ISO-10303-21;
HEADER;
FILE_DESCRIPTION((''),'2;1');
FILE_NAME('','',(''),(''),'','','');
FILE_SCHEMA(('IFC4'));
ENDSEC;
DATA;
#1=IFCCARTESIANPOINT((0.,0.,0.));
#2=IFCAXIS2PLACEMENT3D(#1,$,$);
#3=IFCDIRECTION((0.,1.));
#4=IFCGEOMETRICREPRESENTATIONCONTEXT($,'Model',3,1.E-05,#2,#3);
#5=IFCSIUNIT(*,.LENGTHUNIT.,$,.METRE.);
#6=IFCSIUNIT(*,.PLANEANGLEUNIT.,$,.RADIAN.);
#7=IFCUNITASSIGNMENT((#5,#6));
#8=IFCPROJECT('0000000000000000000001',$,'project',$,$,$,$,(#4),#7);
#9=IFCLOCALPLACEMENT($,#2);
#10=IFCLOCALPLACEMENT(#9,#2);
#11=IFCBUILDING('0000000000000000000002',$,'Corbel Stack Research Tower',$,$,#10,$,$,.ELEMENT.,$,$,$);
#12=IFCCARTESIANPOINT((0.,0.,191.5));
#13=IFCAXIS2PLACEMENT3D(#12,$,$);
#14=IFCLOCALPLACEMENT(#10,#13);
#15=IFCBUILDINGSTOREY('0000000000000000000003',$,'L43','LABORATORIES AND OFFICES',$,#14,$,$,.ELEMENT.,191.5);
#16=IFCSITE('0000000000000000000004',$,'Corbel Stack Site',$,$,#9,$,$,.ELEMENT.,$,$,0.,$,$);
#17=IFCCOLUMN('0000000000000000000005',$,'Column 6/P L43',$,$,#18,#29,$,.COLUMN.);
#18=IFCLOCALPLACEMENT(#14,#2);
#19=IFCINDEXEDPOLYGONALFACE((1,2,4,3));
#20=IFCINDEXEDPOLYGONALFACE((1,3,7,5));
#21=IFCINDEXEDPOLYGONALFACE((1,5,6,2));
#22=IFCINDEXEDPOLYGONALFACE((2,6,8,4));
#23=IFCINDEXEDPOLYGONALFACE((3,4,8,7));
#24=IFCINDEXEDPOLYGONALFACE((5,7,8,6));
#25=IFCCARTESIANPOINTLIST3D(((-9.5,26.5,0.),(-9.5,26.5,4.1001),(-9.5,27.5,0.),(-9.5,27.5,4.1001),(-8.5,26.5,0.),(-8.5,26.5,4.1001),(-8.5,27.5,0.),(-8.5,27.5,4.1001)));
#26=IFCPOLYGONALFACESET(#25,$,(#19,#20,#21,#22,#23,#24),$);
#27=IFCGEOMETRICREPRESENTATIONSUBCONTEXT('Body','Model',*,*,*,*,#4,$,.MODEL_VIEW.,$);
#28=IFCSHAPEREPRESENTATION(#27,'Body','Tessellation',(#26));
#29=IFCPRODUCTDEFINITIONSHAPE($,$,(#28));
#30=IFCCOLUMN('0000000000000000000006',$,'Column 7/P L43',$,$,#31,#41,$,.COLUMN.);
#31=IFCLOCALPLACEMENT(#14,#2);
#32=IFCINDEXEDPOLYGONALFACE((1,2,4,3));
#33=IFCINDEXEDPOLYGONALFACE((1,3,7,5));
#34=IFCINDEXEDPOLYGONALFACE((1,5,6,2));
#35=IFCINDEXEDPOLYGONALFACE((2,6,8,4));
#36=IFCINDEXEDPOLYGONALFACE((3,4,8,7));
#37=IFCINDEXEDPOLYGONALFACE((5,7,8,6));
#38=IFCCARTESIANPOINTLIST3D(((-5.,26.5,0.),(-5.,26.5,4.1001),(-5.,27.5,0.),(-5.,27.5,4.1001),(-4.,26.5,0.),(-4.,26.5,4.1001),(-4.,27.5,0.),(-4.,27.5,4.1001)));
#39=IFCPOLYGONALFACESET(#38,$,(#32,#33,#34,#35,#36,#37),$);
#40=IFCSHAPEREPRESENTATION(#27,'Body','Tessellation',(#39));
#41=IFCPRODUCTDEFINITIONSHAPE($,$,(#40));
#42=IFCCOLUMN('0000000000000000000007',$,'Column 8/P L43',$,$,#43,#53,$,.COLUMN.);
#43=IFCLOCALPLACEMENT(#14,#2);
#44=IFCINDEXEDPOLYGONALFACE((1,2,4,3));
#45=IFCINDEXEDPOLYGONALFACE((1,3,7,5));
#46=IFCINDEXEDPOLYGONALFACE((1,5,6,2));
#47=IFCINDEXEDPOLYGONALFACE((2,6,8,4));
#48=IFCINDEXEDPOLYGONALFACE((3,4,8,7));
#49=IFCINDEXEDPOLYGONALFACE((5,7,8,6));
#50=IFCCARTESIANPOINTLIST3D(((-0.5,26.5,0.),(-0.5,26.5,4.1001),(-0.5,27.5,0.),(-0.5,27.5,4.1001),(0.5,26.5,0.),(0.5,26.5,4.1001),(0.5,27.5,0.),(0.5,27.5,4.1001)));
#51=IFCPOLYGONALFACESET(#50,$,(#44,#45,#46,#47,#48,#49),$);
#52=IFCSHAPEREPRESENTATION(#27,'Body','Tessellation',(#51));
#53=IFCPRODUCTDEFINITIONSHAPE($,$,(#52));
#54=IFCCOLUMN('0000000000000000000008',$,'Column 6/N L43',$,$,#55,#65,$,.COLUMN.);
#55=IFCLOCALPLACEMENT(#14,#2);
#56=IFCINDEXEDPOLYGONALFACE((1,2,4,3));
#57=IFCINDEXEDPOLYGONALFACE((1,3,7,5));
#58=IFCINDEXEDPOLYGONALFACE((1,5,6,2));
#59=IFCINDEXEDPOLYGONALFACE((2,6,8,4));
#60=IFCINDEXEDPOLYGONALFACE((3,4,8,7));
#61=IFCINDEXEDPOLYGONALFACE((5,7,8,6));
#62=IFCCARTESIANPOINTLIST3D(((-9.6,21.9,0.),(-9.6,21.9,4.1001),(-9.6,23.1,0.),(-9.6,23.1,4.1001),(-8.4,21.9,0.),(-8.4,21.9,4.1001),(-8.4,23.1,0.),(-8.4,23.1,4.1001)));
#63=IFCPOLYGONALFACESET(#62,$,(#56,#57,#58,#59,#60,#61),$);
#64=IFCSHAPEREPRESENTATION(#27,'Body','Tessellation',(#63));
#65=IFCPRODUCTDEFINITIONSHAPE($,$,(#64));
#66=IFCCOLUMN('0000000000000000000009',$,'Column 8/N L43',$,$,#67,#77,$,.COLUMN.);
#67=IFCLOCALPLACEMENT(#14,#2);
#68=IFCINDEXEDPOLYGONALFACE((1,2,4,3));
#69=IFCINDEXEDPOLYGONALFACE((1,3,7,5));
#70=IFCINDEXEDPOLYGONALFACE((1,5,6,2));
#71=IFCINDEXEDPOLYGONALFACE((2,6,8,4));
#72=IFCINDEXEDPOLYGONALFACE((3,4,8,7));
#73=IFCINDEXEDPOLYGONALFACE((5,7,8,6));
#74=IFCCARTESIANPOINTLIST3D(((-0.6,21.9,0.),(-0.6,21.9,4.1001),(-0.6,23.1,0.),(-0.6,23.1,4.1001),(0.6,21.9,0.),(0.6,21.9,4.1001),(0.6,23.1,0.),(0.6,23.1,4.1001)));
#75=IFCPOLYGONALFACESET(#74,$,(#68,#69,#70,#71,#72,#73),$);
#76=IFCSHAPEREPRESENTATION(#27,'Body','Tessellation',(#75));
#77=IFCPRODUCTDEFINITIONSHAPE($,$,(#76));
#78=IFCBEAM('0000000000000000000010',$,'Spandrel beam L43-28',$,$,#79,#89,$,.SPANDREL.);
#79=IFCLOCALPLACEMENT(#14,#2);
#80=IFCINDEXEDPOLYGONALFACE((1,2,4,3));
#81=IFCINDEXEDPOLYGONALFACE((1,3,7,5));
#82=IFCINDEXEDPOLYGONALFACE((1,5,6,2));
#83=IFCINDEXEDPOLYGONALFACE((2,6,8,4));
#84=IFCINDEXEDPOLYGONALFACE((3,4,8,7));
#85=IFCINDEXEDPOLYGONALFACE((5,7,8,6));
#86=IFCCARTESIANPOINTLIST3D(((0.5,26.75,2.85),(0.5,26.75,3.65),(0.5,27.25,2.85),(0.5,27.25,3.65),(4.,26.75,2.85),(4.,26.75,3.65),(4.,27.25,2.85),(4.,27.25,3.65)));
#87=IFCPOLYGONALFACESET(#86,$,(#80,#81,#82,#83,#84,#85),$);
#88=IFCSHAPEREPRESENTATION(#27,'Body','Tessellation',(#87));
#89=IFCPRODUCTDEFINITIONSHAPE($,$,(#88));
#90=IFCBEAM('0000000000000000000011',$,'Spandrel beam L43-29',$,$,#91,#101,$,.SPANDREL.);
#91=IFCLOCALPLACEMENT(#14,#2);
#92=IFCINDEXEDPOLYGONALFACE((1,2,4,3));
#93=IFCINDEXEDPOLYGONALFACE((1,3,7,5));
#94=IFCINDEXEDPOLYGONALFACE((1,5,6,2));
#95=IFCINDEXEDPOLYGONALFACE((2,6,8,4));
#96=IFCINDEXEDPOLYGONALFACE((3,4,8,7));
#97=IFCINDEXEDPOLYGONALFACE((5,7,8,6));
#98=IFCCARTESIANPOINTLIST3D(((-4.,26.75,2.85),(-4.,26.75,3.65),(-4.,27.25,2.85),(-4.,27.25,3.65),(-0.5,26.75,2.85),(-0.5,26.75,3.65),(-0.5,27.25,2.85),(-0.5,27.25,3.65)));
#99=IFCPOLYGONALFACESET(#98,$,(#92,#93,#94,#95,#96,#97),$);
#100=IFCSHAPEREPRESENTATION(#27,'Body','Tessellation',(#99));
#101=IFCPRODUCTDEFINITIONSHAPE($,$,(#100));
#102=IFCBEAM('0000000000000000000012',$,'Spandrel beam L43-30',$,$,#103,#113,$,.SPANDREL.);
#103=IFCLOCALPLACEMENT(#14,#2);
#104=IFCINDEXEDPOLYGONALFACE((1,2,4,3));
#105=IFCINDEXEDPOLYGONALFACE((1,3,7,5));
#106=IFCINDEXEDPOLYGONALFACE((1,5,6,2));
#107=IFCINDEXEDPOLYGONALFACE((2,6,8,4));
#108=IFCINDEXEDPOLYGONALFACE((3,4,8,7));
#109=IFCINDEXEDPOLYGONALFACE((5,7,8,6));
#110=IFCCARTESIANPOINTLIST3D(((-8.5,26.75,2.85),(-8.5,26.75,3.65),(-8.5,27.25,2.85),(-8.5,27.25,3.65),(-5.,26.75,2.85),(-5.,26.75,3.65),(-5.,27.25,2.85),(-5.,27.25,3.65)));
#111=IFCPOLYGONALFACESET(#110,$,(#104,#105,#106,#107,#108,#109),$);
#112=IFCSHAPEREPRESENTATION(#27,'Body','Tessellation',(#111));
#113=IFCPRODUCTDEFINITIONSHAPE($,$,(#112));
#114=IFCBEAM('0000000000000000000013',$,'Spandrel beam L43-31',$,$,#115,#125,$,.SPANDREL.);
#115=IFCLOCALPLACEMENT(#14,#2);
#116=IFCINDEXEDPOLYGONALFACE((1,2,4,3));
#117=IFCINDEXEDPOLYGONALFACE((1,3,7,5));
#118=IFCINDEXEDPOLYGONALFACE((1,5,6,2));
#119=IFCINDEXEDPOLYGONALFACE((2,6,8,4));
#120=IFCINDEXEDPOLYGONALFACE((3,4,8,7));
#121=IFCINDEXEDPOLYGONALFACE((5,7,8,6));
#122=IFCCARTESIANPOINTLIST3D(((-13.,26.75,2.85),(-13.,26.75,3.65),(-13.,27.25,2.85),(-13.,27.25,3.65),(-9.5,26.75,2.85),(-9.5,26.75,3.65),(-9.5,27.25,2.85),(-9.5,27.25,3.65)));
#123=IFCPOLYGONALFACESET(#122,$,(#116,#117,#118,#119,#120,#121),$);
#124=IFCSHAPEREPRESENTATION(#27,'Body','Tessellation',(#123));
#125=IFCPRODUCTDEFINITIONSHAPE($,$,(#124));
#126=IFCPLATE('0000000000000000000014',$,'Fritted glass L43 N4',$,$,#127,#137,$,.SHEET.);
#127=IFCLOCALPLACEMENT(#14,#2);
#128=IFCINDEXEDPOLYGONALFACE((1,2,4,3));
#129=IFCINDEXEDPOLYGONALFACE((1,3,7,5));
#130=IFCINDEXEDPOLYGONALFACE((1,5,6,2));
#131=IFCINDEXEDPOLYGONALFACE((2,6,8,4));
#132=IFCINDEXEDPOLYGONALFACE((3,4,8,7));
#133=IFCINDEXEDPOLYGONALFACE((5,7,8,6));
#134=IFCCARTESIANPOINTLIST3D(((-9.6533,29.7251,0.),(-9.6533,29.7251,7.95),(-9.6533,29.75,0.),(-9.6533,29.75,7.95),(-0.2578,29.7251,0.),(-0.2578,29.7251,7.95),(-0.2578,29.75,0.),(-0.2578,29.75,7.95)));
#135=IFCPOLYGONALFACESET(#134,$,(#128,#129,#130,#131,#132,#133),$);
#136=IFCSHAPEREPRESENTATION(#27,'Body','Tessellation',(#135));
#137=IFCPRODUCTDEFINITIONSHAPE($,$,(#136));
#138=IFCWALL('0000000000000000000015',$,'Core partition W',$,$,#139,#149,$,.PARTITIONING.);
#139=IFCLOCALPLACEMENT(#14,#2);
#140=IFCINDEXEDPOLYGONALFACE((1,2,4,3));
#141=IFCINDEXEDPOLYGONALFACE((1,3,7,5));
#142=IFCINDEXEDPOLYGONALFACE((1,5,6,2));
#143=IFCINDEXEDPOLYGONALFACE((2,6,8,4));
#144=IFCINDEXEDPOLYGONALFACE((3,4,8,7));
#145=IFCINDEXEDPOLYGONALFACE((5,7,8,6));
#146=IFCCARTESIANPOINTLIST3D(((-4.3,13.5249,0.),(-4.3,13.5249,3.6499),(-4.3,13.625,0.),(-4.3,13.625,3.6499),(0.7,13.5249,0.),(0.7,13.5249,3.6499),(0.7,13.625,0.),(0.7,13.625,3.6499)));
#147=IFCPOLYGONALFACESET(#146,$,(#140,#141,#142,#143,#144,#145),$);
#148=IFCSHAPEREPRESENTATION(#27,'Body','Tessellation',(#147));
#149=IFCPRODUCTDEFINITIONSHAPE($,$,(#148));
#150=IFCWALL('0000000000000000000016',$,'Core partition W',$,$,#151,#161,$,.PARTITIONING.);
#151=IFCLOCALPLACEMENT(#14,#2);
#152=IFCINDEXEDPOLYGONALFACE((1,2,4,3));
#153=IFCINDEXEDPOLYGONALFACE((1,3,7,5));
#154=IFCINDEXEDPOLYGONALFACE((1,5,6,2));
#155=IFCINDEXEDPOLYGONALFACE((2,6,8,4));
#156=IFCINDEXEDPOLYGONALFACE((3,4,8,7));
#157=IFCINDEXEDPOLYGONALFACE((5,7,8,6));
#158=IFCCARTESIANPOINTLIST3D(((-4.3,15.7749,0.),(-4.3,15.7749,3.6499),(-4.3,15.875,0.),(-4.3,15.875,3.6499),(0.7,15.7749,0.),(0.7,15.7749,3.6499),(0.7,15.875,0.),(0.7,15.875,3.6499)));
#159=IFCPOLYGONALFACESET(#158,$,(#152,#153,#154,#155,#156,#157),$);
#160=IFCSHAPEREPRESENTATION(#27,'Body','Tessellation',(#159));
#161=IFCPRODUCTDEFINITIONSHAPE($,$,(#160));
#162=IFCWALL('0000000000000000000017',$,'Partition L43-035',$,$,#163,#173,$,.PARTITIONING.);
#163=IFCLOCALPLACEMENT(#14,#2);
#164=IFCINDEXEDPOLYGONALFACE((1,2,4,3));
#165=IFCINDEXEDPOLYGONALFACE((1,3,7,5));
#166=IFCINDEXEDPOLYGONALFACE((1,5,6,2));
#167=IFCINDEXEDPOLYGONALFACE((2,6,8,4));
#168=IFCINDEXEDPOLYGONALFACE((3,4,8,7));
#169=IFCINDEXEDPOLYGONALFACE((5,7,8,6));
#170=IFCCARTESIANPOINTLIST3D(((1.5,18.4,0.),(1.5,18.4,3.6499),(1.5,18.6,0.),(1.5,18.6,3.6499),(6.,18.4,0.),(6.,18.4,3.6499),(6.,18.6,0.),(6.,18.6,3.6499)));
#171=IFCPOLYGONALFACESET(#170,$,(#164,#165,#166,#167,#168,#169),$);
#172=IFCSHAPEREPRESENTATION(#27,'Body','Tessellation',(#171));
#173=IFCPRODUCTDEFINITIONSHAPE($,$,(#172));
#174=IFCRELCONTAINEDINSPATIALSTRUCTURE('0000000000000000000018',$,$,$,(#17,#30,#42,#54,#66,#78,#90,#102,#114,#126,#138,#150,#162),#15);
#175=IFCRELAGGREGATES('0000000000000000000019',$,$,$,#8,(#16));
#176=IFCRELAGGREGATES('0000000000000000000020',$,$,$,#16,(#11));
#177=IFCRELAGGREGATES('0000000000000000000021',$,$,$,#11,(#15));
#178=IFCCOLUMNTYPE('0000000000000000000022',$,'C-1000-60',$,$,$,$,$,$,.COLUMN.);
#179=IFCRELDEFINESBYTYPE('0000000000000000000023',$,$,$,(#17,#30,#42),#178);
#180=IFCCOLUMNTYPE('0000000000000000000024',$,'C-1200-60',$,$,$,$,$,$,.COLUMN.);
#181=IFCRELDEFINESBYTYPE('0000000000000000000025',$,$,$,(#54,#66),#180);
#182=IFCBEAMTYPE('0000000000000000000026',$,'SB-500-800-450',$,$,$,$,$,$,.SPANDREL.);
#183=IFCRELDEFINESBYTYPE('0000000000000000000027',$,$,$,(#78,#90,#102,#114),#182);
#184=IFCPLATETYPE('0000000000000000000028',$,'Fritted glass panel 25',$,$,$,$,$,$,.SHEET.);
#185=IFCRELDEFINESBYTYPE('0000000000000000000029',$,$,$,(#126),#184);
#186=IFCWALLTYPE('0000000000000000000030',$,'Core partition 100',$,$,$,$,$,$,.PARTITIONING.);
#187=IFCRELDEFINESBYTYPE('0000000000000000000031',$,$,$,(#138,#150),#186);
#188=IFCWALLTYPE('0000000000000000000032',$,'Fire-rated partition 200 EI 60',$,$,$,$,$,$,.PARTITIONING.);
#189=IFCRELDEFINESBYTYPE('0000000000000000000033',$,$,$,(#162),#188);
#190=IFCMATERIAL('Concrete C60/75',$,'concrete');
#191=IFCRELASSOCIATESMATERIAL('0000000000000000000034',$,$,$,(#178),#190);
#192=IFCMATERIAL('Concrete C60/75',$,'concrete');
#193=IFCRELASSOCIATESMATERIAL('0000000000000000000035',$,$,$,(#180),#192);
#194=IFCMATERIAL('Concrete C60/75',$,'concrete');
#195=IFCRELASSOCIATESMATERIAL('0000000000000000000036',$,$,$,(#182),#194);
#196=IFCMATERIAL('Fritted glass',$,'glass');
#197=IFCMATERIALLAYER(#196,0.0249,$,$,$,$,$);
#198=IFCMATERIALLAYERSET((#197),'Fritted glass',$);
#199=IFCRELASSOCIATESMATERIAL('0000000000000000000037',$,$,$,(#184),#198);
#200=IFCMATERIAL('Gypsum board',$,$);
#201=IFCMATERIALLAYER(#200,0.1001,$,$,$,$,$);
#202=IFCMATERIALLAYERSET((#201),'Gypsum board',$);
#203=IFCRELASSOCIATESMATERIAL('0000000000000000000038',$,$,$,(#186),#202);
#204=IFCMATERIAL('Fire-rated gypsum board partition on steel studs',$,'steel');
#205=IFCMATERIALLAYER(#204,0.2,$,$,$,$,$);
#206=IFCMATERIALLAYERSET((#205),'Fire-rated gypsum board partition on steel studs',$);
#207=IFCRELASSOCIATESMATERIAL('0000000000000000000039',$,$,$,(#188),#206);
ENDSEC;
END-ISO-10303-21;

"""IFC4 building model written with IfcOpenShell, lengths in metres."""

from ifc_helpers import new_model, si_unit, direction, frame, frame_2d, origin, origin_2d, place, context, subcontext, project, spatial, rectangle, extrude, material, layer, layer_set, material_profile, profile_set, type_object, element, save


model = new_model("IFC4")

# Units and contexts
model_context = context("Model", 3, precision=1e-05, world=origin(), true_north=direction((0.0, 1.0)))
body_context = subcontext(model_context, "Body", "Model", "MODEL_VIEW")
ifc_project = project(units=[si_unit("LENGTHUNIT", "METRE"), si_unit("PLANEANGLEUNIT", "RADIAN")], contexts=[model_context])

# Site, building, storey
site_placement = place(None, origin())
site = spatial("IfcSite", under=ifc_project, at=site_placement, Name="Corbel Stack Site", CompositionType="ELEMENT", RefElevation=0.0)
building_placement = place(site_placement, origin())
building = spatial("IfcBuilding", under=site, at=building_placement, Name="Corbel Stack Research Tower", CompositionType="ELEMENT")
storey_placement = place(building_placement, frame((0.0, 0.0, 191.5)))
storey = spatial("IfcBuildingStorey", under=building, at=storey_placement, Name="L43", Description="LABORATORIES AND OFFICES", CompositionType="ELEMENT", Elevation=191.5)

# Columns
ifc_material_1 = material(Name="Concrete C60/75", Category="concrete")
ifc_material_profile_1 = material_profile(ifc_material_1, rectangle(XDim=1.0, YDim=1.0, at=origin_2d()), Name="RC 1000 x 1000")
ifc_profile_set_1 = profile_set([ifc_material_profile_1], Name="Concrete C60/75")
column_type_1 = type_object("IfcColumnType", Name="C-1000-60", PredefinedType="COLUMN", material=ifc_profile_set_1)
for number, where, z_axis, x_axis, name in (
    (1, (-9.0, 27.0, 0.0), (0.0, 0.0, 1.0), (1.0, 0.0, 0.0), "Column 6/P L43"),
    (2, (-4.5, 27.0, 0.0), (0.0, 0.0, 1.0), (1.0, 0.0, 0.0), "Column 7/P L43"),
    (3, (0.0, 27.0, 0.0), (0.0, 0.0, 1.0), (1.0, 0.0, 0.0), "Column 8/P L43"),
):
    element("IfcColumn", number, at=place(storey_placement, frame(where, z_axis=z_axis, x_axis=x_axis)), inside=storey, type_object=column_type_1, Name=name, PredefinedType="COLUMN", context=body_context, shape_type="SweptSolid", body=[
        extrude(rectangle(XDim=1.0, YDim=1.0, at=origin_2d()), origin(), (0.0, 0.0, 1.0), 4.1001),
    ])
ifc_material_2 = material(Name="Concrete C60/75", Category="concrete")
ifc_material_profile_2 = material_profile(ifc_material_2, rectangle(XDim=1.2, YDim=1.2, at=origin_2d()), Name="RC 1200 x 1200")
ifc_profile_set_2 = profile_set([ifc_material_profile_2], Name="Concrete C60/75")
column_type_2 = type_object("IfcColumnType", Name="C-1200-60", PredefinedType="COLUMN", material=ifc_profile_set_2)
for number, where, z_axis, x_axis, name in (
    (4, (-9.0, 22.5, 0.0), (0.0, 0.0, 1.0), (1.0, 0.0, 0.0), "Column 6/N L43"),
    (5, (0.0, 22.5, 0.0), (0.0, 0.0, 1.0), (1.0, 0.0, 0.0), "Column 8/N L43"),
):
    element("IfcColumn", number, at=place(storey_placement, frame(where, z_axis=z_axis, x_axis=x_axis)), inside=storey, type_object=column_type_2, Name=name, PredefinedType="COLUMN", context=body_context, shape_type="SweptSolid", body=[
        extrude(rectangle(XDim=1.2, YDim=1.2, at=origin_2d()), origin(), (0.0, 0.0, 1.0), 4.1001),
    ])

# Beams
ifc_material_3 = material(Name="Concrete C60/75", Category="concrete")
ifc_material_profile_3 = material_profile(ifc_material_3, rectangle(XDim=0.5, YDim=0.8, at=origin_2d()), Name="RC 500 x 800")
ifc_profile_set_3 = profile_set([ifc_material_profile_3], Name="Concrete C60/75")
beam_type = type_object("IfcBeamType", Name="SB-500-800-450", PredefinedType="SPANDREL", material=ifc_profile_set_3)
for number, where, z_axis, x_axis, name in (
    (6, (4.0, 27.0, 3.25), (-1.0, 0.0, 0.0), (0.0, -1.0, 0.0), "Spandrel beam L43-28"),
    (7, (-0.5, 27.0, 3.25), (-1.0, 0.0, 0.0), (0.0, -1.0, 0.0), "Spandrel beam L43-29"),
    (8, (-5.0, 27.0, 3.25), (-1.0, 0.0, 0.0), (0.0, -1.0, 0.0), "Spandrel beam L43-30"),
    (9, (-9.5, 27.0, 3.25), (-1.0, 0.0, 0.0), (0.0, -1.0, 0.0), "Spandrel beam L43-31"),
):
    element("IfcBeam", number, at=place(storey_placement, frame(where, z_axis=z_axis, x_axis=x_axis)), inside=storey, type_object=beam_type, Name=name, PredefinedType="SPANDREL", context=body_context, shape_type="SweptSolid", body=[
        extrude(rectangle(XDim=0.5, YDim=0.8, at=origin_2d()), origin(), (0.0, 0.0, 1.0), 3.5),
    ])

# Plate
ifc_material_4 = material(Name="Fritted glass", Category="glass")
ifc_layer_1 = layer(ifc_material_4, 0.0249)
ifc_layer_set_1 = layer_set([ifc_layer_1], Name="Fritted glass")
plate_type = type_object("IfcPlateType", Name="Fritted glass panel 25", PredefinedType="SHEET", material=ifc_layer_set_1)
plate_placement = place(storey_placement, frame((-4.9556, 29.7375, 0.0), z_axis=(0.0, 0.0, 1.0), x_axis=(-1.0, 0.0, 0.0)))
element("IfcPlate", 10, at=plate_placement, inside=storey, type_object=plate_type, Name="Fritted glass L43 N4", PredefinedType="SHEET", context=body_context, shape_type="SweptSolid", body=[
    extrude(rectangle(XDim=9.3955, YDim=0.0249, at=origin_2d()), origin(), (0.0, 0.0, 1.0), 7.95),
])

# Walls
ifc_material_5 = material(Name="Gypsum board")
ifc_layer_2 = layer(ifc_material_5, 0.1001)
ifc_layer_set_2 = layer_set([ifc_layer_2], Name="Gypsum board")
wall_type_1 = type_object("IfcWallType", Name="Core partition 100", PredefinedType="PARTITIONING", material=ifc_layer_set_2)
for number, where, z_axis, x_axis, name in (
    (11, (-4.3, 13.575, 0.0), (0.0, 0.0, 1.0), (1.0, 0.0, 0.0), "Core partition W"),
    (12, (-4.3, 15.825, 0.0), (0.0, 0.0, 1.0), (1.0, 0.0, 0.0), "Core partition W"),
):
    element("IfcWall", number, at=place(storey_placement, frame(where, z_axis=z_axis, x_axis=x_axis)), inside=storey, type_object=wall_type_1, Name=name, PredefinedType="PARTITIONING", context=body_context, shape_type="SweptSolid", body=[
        extrude(rectangle(XDim=5.0, YDim=0.1001, at=frame_2d((2.5, 0.0))), origin(), (0.0, 0.0, 1.0), 3.6499),
    ])
ifc_material_6 = material(Name="Fire-rated gypsum board partition on steel studs", Category="steel")
ifc_layer_3 = layer(ifc_material_6, 0.2)
ifc_layer_set_3 = layer_set([ifc_layer_3], Name="Fire-rated gypsum board partition on steel studs")
wall_type_2 = type_object("IfcWallType", Name="Fire-rated partition 200 EI 60", PredefinedType="PARTITIONING", material=ifc_layer_set_3)
wall_1_placement = place(storey_placement, frame((1.5, 18.5, 0.0), z_axis=(0.0, 0.0, 1.0), x_axis=(1.0, 0.0, 0.0)))
element("IfcWall", 13, at=wall_1_placement, inside=storey, type_object=wall_type_2, Name="Partition L43-035", PredefinedType="PARTITIONING", context=body_context, shape_type="SweptSolid", body=[
    extrude(rectangle(XDim=4.5, YDim=0.2, at=frame_2d((2.25, 0.0))), origin(), (0.0, 0.0, 1.0), 3.6499),
])

save(model, "model.ifc")
